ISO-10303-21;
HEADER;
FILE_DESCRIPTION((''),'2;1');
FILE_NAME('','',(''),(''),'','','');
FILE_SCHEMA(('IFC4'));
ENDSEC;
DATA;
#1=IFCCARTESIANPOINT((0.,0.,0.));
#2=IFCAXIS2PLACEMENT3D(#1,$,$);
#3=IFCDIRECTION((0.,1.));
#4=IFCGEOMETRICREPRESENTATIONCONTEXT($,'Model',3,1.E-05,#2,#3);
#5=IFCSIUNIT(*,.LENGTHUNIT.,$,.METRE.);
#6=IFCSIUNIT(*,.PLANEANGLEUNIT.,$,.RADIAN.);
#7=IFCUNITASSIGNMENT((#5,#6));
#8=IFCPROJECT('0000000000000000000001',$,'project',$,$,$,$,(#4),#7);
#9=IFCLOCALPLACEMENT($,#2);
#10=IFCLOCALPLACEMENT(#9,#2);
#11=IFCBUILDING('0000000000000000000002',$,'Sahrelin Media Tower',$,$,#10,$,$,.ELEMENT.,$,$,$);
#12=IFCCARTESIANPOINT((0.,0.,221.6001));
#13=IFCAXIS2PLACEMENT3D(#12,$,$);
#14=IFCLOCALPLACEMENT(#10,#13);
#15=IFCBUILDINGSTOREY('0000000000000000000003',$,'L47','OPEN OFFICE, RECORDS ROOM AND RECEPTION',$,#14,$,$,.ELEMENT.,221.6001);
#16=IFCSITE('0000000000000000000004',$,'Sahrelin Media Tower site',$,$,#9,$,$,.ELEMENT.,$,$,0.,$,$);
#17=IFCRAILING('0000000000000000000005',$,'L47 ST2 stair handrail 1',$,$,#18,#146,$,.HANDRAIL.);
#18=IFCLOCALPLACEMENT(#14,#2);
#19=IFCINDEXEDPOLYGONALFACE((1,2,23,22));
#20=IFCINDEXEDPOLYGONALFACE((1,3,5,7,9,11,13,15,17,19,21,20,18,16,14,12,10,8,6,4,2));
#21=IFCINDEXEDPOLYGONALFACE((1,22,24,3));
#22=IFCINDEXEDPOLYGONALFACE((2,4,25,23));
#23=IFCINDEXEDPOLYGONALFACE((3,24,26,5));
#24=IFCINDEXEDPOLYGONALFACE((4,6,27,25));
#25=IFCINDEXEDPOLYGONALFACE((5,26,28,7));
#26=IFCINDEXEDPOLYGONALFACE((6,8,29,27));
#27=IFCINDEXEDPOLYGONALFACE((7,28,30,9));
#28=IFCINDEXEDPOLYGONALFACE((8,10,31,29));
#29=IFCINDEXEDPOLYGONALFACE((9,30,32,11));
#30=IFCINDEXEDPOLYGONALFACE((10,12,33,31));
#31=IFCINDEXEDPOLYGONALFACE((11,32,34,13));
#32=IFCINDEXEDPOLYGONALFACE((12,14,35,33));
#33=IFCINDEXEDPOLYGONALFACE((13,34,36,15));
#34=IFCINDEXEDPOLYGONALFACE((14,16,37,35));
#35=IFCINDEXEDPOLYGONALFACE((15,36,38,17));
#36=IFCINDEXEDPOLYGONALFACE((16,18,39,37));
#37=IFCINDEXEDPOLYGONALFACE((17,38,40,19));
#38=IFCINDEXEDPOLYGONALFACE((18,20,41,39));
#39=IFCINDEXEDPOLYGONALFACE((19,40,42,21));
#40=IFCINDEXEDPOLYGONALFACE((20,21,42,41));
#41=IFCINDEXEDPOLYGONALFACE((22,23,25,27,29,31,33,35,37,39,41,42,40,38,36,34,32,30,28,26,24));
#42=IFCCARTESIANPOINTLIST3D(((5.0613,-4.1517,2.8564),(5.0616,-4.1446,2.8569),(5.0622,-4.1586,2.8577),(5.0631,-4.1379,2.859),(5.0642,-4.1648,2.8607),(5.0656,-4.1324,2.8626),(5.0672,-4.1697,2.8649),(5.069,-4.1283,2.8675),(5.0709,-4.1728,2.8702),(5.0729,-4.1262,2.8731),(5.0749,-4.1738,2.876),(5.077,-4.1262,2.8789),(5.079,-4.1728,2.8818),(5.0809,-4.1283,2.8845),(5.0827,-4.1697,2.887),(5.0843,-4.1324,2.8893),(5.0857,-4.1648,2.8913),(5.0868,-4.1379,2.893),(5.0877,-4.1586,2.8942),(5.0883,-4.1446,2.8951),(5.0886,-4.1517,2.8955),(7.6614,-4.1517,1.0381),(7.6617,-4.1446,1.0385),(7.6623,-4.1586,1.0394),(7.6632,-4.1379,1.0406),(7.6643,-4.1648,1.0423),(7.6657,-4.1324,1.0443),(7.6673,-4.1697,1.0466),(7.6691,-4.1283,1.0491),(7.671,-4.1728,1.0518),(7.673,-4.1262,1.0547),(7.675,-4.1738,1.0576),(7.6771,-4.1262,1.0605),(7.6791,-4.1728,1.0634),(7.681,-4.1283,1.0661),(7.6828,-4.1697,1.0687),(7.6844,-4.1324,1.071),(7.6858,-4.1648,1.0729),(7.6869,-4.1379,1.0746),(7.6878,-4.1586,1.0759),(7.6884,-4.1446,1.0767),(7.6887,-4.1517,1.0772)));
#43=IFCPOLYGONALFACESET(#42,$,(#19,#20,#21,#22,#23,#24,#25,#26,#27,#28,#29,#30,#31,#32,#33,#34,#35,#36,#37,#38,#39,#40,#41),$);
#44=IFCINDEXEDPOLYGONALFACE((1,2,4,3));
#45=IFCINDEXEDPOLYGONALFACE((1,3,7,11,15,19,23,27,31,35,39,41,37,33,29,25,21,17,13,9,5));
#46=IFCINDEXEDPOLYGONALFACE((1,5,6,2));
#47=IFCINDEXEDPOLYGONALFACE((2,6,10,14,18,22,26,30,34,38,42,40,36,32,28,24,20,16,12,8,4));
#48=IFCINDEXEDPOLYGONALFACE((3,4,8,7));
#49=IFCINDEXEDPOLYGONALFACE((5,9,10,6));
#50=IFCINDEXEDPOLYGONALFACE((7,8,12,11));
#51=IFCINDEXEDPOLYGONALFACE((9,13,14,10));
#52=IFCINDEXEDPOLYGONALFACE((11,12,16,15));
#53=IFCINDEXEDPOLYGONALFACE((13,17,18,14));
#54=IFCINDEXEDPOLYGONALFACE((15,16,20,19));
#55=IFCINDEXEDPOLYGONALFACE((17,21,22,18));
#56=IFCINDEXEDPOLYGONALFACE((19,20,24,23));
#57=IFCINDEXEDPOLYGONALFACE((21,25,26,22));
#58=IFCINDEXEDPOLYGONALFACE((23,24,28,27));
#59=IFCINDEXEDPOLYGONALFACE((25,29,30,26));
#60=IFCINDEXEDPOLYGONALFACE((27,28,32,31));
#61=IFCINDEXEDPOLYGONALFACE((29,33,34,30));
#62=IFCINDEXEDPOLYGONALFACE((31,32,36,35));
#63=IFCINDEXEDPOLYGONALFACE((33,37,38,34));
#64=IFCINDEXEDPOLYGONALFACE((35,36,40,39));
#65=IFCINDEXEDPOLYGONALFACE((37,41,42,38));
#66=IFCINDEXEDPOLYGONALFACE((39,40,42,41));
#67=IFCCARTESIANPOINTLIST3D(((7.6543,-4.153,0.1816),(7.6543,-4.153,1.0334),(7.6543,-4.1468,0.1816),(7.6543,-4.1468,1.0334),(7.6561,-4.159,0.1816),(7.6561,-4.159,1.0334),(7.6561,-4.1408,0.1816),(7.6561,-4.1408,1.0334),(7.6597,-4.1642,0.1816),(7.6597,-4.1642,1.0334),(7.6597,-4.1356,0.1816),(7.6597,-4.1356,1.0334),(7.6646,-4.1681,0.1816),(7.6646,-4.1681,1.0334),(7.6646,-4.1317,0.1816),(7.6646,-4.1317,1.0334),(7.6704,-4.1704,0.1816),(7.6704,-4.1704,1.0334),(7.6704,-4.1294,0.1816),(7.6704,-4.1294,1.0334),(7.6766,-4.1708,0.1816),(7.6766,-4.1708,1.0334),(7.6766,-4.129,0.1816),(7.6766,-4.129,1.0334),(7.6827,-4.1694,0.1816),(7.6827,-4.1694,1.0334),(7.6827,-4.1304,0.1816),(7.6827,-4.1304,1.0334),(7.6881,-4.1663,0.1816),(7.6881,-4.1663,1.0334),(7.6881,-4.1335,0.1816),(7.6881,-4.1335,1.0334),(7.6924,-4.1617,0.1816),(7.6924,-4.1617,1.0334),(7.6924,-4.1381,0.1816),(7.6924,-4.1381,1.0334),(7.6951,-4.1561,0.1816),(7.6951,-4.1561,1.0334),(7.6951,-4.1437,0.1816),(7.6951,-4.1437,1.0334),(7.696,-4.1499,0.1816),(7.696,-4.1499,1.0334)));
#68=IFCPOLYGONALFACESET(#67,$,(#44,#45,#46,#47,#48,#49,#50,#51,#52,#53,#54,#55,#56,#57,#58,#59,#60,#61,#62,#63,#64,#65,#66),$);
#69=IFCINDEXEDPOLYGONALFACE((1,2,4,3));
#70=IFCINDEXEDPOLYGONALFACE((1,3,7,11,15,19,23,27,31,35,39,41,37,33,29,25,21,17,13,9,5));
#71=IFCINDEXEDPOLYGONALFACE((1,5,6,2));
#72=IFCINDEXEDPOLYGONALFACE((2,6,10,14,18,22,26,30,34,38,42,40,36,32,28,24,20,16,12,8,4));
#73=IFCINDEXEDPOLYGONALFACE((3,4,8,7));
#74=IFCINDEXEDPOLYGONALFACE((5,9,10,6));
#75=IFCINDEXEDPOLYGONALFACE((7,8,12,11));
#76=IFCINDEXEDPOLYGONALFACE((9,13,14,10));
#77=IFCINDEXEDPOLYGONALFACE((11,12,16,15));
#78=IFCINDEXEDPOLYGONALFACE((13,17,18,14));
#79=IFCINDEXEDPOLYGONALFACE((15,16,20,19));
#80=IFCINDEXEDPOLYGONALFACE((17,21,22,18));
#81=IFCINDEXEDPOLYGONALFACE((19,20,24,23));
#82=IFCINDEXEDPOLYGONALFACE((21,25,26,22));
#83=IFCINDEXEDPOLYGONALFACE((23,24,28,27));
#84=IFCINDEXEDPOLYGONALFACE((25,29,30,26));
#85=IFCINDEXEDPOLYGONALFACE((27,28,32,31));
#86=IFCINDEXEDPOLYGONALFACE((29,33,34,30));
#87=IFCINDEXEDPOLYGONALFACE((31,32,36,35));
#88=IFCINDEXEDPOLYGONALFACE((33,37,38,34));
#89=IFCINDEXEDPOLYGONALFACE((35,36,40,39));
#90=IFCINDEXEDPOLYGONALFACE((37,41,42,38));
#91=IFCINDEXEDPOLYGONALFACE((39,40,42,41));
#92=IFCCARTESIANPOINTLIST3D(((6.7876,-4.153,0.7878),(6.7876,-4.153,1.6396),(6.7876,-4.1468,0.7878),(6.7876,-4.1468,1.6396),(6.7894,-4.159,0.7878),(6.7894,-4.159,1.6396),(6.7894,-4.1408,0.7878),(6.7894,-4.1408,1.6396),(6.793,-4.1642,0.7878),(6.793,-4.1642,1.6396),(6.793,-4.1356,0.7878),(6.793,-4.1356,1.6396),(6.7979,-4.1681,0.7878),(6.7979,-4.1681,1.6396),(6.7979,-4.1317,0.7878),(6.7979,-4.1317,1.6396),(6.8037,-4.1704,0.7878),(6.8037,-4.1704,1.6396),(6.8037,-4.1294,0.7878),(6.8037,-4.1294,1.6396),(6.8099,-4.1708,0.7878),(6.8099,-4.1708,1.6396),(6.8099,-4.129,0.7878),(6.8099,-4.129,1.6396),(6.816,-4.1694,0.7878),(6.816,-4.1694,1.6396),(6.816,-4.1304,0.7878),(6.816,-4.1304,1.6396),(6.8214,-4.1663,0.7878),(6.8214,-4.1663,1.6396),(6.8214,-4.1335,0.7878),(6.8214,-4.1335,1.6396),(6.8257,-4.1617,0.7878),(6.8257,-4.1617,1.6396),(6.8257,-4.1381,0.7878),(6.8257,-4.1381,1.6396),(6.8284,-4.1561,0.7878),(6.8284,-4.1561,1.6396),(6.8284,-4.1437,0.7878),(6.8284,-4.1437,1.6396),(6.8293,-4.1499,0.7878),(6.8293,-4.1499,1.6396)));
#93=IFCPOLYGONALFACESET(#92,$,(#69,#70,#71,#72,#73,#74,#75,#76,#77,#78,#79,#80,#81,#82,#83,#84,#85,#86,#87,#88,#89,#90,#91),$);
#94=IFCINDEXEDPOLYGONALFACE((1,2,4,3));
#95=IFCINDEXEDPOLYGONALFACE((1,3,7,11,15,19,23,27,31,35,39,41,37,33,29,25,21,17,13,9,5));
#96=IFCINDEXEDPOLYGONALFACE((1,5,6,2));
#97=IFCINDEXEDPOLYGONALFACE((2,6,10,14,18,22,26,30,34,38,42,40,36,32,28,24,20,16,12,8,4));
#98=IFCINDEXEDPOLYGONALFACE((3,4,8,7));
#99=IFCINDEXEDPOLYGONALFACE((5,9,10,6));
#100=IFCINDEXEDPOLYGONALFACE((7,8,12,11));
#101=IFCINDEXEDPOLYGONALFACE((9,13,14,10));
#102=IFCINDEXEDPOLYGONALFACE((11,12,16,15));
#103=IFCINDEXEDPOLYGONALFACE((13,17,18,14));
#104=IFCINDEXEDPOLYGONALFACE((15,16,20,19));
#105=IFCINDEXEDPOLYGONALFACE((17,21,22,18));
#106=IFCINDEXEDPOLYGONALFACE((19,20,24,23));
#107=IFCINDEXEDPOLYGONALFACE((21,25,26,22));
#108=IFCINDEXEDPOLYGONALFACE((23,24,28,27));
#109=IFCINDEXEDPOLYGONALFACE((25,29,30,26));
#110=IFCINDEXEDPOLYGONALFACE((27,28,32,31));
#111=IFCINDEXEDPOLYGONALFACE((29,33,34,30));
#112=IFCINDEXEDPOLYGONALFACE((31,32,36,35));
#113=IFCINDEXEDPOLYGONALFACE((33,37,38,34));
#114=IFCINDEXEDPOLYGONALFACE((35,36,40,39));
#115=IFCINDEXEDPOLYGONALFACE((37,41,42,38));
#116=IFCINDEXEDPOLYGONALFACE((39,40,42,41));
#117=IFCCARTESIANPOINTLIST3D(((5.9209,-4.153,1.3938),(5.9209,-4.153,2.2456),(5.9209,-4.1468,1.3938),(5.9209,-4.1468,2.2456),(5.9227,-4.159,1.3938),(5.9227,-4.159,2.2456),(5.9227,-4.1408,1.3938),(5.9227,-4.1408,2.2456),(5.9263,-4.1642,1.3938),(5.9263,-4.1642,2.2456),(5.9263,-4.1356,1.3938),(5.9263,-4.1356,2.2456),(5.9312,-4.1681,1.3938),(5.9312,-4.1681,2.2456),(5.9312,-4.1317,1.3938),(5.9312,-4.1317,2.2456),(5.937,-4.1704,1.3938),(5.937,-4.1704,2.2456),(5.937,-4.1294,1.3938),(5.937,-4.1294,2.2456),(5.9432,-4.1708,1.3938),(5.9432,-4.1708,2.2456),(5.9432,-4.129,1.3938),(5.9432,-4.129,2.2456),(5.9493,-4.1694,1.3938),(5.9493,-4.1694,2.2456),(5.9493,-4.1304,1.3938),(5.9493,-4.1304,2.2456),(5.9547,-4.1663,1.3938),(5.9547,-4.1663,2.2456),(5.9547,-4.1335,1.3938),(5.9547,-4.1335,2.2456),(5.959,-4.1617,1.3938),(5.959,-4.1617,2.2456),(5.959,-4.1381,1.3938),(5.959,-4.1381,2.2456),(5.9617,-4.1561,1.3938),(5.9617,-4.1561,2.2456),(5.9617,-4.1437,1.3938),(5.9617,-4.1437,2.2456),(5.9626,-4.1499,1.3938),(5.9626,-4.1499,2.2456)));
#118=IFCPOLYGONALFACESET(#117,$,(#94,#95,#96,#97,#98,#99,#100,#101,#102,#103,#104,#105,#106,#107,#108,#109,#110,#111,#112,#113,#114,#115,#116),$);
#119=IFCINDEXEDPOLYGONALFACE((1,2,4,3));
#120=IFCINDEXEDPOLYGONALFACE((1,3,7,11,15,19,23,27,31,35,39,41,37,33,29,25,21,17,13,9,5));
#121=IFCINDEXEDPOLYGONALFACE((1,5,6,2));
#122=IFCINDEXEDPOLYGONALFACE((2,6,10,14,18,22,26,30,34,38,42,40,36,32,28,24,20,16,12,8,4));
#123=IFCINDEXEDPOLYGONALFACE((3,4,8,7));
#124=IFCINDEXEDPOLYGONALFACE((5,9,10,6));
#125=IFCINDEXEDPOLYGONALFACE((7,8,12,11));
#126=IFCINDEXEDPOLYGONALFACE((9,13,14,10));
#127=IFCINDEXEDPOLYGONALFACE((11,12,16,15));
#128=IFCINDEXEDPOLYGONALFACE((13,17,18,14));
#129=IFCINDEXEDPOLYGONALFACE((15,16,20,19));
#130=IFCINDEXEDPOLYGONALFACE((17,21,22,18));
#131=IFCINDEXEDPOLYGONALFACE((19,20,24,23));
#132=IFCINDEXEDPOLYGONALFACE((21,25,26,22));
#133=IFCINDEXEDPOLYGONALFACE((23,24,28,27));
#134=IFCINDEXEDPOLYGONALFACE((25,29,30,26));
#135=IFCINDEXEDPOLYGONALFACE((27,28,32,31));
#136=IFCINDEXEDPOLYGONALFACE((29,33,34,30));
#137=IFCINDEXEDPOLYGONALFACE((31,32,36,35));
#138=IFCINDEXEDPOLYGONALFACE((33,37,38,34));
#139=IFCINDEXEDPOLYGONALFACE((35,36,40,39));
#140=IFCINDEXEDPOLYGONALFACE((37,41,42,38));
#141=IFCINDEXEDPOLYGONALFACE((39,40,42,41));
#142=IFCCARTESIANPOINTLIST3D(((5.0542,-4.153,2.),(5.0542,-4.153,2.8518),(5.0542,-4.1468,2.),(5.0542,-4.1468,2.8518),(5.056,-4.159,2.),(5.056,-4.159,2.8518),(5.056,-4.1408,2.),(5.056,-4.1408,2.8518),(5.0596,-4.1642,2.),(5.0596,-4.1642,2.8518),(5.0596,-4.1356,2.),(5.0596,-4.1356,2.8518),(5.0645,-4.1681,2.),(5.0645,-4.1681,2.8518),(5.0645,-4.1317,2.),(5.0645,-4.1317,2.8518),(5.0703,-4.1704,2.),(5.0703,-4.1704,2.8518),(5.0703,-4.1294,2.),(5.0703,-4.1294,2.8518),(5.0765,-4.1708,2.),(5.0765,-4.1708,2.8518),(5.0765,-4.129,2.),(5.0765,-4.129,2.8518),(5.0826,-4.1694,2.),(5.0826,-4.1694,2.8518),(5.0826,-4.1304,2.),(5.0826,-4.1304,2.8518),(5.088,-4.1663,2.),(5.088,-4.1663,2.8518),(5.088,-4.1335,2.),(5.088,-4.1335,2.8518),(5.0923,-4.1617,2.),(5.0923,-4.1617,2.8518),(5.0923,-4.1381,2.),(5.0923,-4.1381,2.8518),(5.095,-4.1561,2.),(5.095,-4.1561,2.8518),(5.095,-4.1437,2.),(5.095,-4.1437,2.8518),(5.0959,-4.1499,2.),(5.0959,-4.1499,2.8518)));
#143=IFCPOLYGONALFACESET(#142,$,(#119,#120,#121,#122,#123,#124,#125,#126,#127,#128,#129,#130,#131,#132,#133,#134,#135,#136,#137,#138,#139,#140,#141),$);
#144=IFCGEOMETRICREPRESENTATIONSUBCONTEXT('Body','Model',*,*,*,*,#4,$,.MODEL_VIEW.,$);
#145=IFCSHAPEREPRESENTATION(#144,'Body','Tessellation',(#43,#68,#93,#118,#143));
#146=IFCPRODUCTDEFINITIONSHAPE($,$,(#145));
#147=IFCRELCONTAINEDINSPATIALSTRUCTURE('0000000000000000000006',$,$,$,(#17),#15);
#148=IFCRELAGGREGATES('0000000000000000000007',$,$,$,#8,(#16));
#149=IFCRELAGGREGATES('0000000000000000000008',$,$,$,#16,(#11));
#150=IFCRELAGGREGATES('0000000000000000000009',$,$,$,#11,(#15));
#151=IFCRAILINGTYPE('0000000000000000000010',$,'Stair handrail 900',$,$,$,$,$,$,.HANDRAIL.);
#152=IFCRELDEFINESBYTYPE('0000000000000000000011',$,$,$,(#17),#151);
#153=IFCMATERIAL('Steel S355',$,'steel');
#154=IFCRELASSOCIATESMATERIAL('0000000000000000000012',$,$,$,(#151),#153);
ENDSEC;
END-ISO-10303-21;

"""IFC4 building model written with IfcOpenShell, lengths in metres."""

from ifc_helpers import new_model, si_unit, direction, frame, origin, origin_2d, place, context, subcontext, project, spatial, circle, extrude, material, type_object, element, save


model = new_model("IFC4")

# Units and contexts
model_context = context("Model", 3, precision=1e-05, world=origin(), true_north=direction((0.0, 1.0)))
body_context = subcontext(model_context, "Body", "Model", "MODEL_VIEW")
ifc_project = project(units=[si_unit("LENGTHUNIT", "METRE"), si_unit("PLANEANGLEUNIT", "RADIAN")], contexts=[model_context])

# Site, building, storey
site_placement = place(None, origin())
site = spatial("IfcSite", under=ifc_project, at=site_placement, Name="Sahrelin Media Tower site", CompositionType="ELEMENT", RefElevation=0.0)
building_placement = place(site_placement, origin())
building = spatial("IfcBuilding", under=site, at=building_placement, Name="Sahrelin Media Tower", CompositionType="ELEMENT")
storey_placement = place(building_placement, frame((0.0, 0.0, 221.6001)))
storey = spatial("IfcBuildingStorey", under=building, at=storey_placement, Name="L47", Description="OPEN OFFICE, RECORDS ROOM AND RECEPTION", CompositionType="ELEMENT", Elevation=221.6001)

# Shared definitions
ifc_material_1 = material(Name="Steel S355", Category="steel")

# Railing
railing_type_1 = type_object("IfcRailingType", Name="Stair handrail 900", PredefinedType="HANDRAIL", material=ifc_material_1)
railing_1_placement = place(storey_placement, frame((7.675, -4.1499, 0.1816)))
element("IfcRailing", 1, at=railing_1_placement, inside=storey, type_object=railing_type_1, Name="L47 ST2 stair handrail 1", PredefinedType="HANDRAIL", context=body_context, shape_type="SweptSolid", body=[
    extrude(circle(Radius=0.0239, at=origin_2d()), frame((0.0, 0.0, 0.876), z_axis=(-0.819485, 0.0, 0.573101), x_axis=(0.0, -1.0, 0.0)), (0.0, 0.0, 1.0), 3.1729),
    extrude(circle(Radius=0.021, at=origin_2d()), origin(), (0.0, 0.0, 1.0), 0.8518),
    extrude(circle(Radius=0.021, at=origin_2d()), frame((-0.8667, 0.0, 0.6062)), (0.0, 0.0, 1.0), 0.8518),
    extrude(circle(Radius=0.021, at=origin_2d()), frame((-1.7334, 0.0, 1.2122)), (0.0, 0.0, 1.0), 0.8518),
    extrude(circle(Radius=0.021, at=origin_2d()), frame((-2.6001, 0.0, 1.8184)), (0.0, 0.0, 1.0), 0.8518),
])

save(model, "model.ifc")
